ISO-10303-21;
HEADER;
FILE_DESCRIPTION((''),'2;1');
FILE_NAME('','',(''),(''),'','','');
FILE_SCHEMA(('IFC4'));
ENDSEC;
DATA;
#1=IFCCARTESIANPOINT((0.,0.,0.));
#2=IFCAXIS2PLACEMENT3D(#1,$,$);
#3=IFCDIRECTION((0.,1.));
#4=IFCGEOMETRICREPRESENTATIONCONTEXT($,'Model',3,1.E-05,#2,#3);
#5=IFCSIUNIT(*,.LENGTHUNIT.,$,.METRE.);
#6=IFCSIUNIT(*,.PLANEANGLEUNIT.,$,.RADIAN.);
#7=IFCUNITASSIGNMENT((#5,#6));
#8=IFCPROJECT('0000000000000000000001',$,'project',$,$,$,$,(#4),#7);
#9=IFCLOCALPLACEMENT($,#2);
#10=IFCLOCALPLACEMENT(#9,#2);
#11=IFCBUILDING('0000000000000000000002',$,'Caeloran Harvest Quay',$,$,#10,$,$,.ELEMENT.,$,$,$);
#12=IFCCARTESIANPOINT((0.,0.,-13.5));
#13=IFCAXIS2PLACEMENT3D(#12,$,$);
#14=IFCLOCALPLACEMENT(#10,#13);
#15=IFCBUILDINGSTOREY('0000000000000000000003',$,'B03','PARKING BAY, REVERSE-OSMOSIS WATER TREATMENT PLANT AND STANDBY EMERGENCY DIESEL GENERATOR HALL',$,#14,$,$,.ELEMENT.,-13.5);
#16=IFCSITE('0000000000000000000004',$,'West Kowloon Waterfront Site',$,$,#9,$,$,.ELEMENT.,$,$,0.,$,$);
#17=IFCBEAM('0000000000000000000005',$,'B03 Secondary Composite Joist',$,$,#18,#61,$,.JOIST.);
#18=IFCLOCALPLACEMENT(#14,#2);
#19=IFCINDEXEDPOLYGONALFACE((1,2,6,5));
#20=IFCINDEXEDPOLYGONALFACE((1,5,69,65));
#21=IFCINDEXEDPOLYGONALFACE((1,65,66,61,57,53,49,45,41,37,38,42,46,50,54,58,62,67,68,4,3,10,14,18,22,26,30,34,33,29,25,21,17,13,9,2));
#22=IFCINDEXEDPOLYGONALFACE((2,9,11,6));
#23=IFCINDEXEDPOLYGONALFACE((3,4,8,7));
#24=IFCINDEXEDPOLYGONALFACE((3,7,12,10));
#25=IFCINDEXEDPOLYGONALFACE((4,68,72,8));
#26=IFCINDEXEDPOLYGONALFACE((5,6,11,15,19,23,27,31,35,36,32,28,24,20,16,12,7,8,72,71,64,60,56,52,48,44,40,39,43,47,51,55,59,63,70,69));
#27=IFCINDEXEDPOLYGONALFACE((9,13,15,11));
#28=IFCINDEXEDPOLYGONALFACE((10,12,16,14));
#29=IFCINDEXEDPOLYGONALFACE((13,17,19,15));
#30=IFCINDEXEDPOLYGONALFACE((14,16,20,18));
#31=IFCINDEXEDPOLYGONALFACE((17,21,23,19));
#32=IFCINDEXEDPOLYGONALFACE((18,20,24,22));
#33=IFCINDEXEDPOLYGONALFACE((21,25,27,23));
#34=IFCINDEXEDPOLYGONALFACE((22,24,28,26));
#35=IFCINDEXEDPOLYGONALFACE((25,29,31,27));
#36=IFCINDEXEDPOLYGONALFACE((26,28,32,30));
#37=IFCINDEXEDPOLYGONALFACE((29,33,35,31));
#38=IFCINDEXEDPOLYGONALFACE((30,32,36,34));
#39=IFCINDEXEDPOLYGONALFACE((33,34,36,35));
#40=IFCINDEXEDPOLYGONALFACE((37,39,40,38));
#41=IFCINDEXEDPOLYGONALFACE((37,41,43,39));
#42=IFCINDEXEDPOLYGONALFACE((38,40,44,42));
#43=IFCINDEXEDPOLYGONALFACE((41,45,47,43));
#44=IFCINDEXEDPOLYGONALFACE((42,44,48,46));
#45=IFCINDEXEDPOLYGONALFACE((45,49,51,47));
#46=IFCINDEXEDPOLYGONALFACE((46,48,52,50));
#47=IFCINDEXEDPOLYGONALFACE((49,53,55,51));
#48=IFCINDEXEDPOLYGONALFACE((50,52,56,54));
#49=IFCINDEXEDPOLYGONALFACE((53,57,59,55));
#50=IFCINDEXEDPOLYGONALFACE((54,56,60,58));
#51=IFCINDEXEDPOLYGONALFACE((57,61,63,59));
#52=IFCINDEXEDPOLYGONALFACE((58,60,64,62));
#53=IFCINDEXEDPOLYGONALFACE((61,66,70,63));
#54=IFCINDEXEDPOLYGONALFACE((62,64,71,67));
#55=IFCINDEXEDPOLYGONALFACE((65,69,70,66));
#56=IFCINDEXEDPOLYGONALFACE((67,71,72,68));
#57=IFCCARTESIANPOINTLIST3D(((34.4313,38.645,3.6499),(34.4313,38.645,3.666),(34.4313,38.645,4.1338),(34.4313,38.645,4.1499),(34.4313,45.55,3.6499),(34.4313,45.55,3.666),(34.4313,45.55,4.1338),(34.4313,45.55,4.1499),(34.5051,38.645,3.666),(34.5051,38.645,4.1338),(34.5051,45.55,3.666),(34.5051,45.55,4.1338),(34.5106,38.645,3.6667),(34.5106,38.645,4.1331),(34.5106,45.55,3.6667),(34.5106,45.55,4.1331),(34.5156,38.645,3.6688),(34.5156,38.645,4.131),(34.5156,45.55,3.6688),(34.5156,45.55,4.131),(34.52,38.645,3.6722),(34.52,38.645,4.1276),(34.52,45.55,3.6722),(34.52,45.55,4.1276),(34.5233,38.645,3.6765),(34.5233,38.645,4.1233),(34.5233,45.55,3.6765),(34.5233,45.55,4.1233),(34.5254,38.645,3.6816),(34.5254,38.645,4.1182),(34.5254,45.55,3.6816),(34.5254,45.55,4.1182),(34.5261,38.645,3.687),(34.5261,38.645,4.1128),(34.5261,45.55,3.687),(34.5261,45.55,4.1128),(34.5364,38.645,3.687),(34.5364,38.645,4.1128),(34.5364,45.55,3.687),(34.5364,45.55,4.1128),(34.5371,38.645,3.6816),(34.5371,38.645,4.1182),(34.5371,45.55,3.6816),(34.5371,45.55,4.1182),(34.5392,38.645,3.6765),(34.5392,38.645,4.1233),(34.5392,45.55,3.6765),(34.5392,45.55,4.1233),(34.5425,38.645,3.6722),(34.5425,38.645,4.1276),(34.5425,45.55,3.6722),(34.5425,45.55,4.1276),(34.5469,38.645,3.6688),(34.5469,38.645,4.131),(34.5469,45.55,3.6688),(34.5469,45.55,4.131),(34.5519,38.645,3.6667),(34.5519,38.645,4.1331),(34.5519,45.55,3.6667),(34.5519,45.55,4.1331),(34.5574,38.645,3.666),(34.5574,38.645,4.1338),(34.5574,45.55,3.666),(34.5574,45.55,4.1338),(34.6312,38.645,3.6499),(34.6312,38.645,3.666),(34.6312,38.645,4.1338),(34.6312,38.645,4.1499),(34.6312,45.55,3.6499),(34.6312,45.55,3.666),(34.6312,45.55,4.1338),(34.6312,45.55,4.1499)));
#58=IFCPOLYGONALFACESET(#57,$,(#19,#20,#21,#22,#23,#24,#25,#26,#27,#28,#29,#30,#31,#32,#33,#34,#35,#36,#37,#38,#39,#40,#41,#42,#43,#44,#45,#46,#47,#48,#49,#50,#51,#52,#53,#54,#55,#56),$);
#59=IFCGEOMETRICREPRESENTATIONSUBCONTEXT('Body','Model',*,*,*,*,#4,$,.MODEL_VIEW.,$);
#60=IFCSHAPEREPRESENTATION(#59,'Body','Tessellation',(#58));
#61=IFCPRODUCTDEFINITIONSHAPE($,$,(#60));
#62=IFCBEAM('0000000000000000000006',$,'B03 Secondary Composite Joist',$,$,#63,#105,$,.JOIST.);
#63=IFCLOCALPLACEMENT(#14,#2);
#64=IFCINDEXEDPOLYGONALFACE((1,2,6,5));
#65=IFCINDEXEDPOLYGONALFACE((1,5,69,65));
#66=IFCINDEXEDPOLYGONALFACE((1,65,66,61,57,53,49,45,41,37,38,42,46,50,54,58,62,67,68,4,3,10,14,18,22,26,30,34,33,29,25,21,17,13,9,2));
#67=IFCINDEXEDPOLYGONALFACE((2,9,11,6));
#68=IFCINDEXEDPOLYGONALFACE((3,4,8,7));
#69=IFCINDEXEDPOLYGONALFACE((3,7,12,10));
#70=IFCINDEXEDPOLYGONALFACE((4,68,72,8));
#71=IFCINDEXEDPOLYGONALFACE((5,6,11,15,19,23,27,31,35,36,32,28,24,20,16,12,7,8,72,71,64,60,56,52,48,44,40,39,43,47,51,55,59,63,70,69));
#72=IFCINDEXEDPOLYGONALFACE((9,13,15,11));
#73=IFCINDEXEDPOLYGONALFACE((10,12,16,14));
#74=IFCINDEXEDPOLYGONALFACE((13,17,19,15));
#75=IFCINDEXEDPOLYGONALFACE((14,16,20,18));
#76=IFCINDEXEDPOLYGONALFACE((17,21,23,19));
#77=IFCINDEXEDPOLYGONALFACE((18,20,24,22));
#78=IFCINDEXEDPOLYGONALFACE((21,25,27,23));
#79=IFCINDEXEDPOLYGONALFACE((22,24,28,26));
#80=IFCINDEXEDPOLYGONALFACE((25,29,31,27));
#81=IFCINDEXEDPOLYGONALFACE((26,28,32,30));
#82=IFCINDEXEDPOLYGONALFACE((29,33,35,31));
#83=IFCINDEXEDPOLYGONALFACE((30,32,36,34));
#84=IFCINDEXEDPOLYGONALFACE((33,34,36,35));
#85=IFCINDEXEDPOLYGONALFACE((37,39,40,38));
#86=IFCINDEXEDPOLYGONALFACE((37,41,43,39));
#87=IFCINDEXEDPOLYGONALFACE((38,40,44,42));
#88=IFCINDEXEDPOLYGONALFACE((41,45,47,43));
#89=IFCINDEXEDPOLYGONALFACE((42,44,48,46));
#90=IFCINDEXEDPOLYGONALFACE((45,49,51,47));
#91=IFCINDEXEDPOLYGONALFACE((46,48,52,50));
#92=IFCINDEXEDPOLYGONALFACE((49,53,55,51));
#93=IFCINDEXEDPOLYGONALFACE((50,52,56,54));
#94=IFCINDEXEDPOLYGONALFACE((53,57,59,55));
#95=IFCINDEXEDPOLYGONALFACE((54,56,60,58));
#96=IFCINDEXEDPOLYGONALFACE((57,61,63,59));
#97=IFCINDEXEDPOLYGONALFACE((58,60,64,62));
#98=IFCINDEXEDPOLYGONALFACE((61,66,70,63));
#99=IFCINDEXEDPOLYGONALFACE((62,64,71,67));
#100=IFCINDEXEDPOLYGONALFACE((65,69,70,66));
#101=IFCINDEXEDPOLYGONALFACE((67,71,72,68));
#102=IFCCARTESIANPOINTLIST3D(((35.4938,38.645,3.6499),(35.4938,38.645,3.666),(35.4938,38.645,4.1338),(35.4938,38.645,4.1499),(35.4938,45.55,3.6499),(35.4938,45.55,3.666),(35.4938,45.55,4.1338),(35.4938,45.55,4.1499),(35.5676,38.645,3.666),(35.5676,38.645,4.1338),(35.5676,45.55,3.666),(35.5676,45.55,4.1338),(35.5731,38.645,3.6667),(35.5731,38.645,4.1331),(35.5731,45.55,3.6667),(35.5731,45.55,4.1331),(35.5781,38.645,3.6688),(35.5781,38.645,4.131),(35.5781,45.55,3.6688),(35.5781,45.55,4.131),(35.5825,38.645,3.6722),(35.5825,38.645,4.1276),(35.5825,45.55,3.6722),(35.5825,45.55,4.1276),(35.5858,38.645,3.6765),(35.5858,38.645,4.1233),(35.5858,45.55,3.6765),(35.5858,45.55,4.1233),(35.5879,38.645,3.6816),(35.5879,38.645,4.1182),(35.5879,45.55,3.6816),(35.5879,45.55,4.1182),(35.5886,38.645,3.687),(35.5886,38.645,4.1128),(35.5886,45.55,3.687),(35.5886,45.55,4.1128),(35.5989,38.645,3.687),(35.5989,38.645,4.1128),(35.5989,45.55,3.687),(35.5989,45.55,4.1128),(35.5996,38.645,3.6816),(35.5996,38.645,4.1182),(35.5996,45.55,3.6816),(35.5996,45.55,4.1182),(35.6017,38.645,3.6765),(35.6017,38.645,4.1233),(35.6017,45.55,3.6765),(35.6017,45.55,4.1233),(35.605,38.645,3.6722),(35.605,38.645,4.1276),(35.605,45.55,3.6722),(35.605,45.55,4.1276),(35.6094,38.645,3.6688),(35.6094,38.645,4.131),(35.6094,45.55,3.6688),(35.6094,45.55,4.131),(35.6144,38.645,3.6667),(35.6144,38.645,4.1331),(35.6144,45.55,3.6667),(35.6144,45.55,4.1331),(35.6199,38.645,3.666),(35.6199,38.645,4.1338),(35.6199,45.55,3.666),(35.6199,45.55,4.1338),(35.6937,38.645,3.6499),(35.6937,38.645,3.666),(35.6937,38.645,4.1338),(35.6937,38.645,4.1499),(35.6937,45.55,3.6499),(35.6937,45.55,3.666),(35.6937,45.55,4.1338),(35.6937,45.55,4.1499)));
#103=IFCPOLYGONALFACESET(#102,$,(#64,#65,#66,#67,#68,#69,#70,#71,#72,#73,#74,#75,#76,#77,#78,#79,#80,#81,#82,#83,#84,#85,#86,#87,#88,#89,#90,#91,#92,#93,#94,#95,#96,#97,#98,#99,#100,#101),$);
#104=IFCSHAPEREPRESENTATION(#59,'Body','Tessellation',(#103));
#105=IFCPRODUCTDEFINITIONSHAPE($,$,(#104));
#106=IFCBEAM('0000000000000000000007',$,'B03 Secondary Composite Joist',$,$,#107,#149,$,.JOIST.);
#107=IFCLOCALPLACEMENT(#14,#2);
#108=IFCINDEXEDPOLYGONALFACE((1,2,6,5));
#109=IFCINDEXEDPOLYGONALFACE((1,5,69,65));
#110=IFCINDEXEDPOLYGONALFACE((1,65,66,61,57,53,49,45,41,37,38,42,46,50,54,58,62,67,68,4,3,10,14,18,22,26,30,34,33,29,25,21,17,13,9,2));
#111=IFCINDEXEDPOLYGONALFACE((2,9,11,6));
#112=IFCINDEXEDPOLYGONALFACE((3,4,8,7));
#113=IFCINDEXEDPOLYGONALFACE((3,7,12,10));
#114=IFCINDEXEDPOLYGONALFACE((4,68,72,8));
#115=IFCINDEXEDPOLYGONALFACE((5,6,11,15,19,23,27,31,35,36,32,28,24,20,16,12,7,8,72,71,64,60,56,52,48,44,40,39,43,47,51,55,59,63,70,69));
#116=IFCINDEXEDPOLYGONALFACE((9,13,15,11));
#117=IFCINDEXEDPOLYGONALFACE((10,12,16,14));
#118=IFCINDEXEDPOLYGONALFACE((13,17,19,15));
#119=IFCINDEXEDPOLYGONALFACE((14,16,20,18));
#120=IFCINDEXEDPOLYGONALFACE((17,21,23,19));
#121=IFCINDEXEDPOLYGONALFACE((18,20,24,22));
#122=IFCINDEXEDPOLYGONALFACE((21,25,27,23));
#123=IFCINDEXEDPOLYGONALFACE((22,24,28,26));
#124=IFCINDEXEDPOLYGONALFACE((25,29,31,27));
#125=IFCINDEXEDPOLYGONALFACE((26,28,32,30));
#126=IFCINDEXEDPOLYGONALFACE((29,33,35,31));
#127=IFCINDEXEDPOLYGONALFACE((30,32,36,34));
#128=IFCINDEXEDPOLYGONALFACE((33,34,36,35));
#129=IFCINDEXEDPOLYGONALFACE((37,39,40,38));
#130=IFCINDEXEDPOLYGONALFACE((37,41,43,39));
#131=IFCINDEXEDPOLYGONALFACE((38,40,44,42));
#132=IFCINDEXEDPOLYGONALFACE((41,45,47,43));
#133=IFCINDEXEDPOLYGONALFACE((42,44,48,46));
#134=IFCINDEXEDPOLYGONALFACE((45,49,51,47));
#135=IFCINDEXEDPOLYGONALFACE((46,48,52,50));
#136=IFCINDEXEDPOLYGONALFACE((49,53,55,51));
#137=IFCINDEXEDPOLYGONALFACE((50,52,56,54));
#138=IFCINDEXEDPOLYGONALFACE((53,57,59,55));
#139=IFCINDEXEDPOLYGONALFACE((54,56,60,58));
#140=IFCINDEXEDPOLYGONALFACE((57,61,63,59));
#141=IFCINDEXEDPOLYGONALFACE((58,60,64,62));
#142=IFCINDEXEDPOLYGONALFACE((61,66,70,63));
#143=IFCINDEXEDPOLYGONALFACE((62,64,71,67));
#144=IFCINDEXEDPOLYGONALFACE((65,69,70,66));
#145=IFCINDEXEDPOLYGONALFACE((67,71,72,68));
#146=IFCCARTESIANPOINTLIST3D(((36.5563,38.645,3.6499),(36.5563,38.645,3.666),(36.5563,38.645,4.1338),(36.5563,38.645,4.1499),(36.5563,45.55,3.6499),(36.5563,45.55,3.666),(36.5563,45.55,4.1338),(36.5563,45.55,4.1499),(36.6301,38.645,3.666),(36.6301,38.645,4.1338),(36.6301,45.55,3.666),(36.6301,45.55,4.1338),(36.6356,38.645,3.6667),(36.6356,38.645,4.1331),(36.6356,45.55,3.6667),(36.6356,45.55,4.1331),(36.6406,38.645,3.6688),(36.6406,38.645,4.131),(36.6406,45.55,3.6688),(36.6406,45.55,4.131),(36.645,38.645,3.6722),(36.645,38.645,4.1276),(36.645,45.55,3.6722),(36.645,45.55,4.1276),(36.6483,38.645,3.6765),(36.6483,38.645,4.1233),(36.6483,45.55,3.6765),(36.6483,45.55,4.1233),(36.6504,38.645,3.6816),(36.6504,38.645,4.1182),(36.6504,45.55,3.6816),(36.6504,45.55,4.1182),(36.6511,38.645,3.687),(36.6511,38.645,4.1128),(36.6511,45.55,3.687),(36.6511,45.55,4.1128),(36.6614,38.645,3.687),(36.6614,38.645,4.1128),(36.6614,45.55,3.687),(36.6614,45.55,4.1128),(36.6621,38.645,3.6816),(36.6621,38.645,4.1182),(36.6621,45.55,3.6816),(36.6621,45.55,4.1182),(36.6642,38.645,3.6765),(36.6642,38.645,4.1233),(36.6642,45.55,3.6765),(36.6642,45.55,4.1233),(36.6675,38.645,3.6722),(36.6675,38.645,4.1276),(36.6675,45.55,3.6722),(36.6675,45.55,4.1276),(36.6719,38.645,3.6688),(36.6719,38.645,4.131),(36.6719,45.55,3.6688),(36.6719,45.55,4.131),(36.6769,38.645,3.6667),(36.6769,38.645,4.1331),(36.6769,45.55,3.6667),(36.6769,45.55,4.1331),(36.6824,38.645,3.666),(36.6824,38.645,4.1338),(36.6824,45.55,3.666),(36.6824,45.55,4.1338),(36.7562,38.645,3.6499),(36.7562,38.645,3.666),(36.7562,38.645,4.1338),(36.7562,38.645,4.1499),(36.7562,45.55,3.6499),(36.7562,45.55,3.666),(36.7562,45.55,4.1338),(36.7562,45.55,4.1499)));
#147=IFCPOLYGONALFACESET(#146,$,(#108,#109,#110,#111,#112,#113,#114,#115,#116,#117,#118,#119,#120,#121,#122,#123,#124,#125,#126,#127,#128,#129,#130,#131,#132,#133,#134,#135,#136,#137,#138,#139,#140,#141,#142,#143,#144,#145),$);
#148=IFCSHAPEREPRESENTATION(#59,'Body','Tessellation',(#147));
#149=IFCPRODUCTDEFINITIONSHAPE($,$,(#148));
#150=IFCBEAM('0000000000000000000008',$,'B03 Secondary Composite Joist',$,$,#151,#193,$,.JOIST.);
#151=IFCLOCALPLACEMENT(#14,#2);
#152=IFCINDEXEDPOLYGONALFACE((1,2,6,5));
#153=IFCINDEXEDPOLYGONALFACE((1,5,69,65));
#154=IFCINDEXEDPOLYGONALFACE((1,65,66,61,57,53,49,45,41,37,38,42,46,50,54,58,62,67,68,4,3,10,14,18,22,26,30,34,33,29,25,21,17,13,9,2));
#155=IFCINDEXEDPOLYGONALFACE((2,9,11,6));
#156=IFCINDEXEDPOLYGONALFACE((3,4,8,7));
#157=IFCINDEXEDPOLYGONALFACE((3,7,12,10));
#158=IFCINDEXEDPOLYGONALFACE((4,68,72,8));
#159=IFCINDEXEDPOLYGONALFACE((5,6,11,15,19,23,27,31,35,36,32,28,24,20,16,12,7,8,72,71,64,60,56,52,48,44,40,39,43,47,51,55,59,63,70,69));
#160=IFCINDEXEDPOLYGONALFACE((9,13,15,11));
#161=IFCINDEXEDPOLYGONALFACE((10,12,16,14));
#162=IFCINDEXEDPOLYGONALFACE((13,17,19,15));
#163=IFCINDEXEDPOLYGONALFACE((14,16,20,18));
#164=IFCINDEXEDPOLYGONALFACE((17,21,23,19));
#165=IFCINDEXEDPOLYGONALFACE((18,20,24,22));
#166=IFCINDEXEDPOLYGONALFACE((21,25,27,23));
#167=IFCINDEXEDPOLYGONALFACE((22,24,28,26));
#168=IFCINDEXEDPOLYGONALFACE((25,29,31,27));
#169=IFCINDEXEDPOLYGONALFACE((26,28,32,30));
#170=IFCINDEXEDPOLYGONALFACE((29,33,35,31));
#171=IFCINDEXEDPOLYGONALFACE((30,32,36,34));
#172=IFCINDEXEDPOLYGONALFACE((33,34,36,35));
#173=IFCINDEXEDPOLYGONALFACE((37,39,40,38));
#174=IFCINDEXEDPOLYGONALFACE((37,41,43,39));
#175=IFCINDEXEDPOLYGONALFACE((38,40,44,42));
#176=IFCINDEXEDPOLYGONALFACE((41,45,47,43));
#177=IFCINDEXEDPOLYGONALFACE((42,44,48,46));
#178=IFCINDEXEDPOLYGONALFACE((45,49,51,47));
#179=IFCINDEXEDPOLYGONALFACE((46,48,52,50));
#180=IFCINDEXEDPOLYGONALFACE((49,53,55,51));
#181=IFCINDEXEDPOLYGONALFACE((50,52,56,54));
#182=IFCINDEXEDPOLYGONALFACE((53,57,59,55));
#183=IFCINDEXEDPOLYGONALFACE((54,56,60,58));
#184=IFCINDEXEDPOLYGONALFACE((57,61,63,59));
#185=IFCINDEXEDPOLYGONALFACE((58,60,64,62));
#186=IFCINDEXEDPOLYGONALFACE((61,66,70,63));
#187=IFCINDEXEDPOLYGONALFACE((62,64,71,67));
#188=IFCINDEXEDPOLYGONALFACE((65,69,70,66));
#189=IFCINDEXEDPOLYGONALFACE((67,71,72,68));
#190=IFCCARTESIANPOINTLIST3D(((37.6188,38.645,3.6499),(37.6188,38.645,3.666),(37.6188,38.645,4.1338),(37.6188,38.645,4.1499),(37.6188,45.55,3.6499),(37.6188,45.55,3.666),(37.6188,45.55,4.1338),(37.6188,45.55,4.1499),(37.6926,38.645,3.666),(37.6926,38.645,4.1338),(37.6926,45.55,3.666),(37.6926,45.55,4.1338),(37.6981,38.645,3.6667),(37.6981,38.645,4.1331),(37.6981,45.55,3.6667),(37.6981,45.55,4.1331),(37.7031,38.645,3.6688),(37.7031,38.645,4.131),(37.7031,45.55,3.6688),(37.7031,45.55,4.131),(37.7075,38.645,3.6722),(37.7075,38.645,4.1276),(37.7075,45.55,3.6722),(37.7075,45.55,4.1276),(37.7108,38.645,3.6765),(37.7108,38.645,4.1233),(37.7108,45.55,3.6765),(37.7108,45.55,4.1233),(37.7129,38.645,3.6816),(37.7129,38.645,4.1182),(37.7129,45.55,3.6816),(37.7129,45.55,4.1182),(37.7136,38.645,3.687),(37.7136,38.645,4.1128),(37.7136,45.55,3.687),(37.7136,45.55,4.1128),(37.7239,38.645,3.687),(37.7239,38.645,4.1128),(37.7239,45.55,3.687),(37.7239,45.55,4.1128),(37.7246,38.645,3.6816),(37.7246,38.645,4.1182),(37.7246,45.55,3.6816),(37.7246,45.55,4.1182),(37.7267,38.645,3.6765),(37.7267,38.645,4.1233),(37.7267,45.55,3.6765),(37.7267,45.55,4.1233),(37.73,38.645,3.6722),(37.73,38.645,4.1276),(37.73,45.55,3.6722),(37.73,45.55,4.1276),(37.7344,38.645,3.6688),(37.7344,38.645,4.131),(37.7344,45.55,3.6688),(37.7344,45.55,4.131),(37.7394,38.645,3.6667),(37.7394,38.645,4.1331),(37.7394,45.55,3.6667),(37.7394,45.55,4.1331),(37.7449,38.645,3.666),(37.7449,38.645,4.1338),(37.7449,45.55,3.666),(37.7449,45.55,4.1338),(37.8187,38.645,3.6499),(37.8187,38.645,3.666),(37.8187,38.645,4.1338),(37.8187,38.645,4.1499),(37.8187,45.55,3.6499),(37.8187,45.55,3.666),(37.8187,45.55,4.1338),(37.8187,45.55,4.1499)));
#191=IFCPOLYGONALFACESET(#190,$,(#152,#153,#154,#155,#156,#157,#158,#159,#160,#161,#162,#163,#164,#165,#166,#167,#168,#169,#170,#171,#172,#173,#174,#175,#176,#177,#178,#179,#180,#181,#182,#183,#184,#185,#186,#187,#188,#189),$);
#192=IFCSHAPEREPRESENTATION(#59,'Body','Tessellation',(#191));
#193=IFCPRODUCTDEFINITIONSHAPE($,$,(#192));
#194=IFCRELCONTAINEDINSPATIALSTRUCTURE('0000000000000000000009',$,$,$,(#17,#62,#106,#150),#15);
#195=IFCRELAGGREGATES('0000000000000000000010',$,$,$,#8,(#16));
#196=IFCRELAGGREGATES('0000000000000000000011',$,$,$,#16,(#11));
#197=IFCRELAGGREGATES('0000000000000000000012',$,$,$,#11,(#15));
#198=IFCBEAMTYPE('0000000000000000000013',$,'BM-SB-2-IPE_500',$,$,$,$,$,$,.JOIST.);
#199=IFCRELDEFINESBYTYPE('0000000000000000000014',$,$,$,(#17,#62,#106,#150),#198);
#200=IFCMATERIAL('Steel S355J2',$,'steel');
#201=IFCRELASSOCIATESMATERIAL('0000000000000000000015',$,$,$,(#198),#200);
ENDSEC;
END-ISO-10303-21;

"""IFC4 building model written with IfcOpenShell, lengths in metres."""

from ifc_helpers import new_model, si_unit, direction, frame, origin, origin_2d, place, context, subcontext, project, spatial, i_section, extrude, material, material_profile, profile_set, type_object, element, save


model = new_model("IFC4")

# Units and contexts
model_context = context("Model", 3, precision=1e-05, world=origin(), true_north=direction((0.0, 1.0)))
body_context = subcontext(model_context, "Body", "Model", "MODEL_VIEW")
ifc_project = project(units=[si_unit("LENGTHUNIT", "METRE"), si_unit("PLANEANGLEUNIT", "RADIAN")], contexts=[model_context])

# Site, building, storey
site_placement = place(None, origin())
site = spatial("IfcSite", under=ifc_project, at=site_placement, Name="West Kowloon Waterfront Site", CompositionType="ELEMENT", RefElevation=0.0)
building_placement = place(site_placement, origin())
building = spatial("IfcBuilding", under=site, at=building_placement, Name="Caeloran Harvest Quay", CompositionType="ELEMENT")
storey_placement = place(building_placement, frame((0.0, 0.0, -13.5)))
storey = spatial("IfcBuildingStorey", under=building, at=storey_placement, Name="B03", Description="PARKING BAY, REVERSE-OSMOSIS WATER TREATMENT PLANT AND STANDBY EMERGENCY DIESEL GENERATOR HALL", CompositionType="ELEMENT", Elevation=-13.5)

# Beams
ifc_material = material(Name="Steel S355J2", Category="steel")
ifc_material_profile_1 = material_profile(ifc_material, i_section(OverallWidth=0.2, OverallDepth=0.5, WebThickness=0.0103, FlangeThickness=0.0161, FilletRadius=0.021, at=origin_2d()), Name="IPE 500")
ifc_profile_set_1 = profile_set([ifc_material_profile_1], Name="Steel S355J2")
beam_type_1 = type_object("IfcBeamType", Name="BM-SB-2-IPE_500", PredefinedType="JOIST", material=ifc_profile_set_1)
for number, where, z_axis, x_axis, name in (
    (1, (34.5312, 38.645, 3.8999), (0.0, 1.0, 0.0), (-1.0, 0.0, 0.0), "B03 Secondary Composite Joist"),
    (2, (35.5938, 38.645, 3.8999), (0.0, 1.0, 0.0), (-1.0, 0.0, 0.0), "B03 Secondary Composite Joist"),
    (3, (36.6562, 38.645, 3.8999), (0.0, 1.0, 0.0), (-1.0, 0.0, 0.0), "B03 Secondary Composite Joist"),
    (4, (37.7188, 38.645, 3.8999), (0.0, 1.0, 0.0), (-1.0, 0.0, 0.0), "B03 Secondary Composite Joist"),
):
    element("IfcBeam", number, at=place(storey_placement, frame(where, z_axis=z_axis, x_axis=x_axis)), inside=storey, type_object=beam_type_1, Name=name, PredefinedType="JOIST", context=body_context, shape_type="SweptSolid", body=[
        extrude(i_section(OverallWidth=0.2, OverallDepth=0.5, WebThickness=0.0103, FlangeThickness=0.0161, FilletRadius=0.021, at=origin_2d()), origin(), (0.0, 0.0, 1.0), 6.905),
    ])

save(model, "model.ifc")
